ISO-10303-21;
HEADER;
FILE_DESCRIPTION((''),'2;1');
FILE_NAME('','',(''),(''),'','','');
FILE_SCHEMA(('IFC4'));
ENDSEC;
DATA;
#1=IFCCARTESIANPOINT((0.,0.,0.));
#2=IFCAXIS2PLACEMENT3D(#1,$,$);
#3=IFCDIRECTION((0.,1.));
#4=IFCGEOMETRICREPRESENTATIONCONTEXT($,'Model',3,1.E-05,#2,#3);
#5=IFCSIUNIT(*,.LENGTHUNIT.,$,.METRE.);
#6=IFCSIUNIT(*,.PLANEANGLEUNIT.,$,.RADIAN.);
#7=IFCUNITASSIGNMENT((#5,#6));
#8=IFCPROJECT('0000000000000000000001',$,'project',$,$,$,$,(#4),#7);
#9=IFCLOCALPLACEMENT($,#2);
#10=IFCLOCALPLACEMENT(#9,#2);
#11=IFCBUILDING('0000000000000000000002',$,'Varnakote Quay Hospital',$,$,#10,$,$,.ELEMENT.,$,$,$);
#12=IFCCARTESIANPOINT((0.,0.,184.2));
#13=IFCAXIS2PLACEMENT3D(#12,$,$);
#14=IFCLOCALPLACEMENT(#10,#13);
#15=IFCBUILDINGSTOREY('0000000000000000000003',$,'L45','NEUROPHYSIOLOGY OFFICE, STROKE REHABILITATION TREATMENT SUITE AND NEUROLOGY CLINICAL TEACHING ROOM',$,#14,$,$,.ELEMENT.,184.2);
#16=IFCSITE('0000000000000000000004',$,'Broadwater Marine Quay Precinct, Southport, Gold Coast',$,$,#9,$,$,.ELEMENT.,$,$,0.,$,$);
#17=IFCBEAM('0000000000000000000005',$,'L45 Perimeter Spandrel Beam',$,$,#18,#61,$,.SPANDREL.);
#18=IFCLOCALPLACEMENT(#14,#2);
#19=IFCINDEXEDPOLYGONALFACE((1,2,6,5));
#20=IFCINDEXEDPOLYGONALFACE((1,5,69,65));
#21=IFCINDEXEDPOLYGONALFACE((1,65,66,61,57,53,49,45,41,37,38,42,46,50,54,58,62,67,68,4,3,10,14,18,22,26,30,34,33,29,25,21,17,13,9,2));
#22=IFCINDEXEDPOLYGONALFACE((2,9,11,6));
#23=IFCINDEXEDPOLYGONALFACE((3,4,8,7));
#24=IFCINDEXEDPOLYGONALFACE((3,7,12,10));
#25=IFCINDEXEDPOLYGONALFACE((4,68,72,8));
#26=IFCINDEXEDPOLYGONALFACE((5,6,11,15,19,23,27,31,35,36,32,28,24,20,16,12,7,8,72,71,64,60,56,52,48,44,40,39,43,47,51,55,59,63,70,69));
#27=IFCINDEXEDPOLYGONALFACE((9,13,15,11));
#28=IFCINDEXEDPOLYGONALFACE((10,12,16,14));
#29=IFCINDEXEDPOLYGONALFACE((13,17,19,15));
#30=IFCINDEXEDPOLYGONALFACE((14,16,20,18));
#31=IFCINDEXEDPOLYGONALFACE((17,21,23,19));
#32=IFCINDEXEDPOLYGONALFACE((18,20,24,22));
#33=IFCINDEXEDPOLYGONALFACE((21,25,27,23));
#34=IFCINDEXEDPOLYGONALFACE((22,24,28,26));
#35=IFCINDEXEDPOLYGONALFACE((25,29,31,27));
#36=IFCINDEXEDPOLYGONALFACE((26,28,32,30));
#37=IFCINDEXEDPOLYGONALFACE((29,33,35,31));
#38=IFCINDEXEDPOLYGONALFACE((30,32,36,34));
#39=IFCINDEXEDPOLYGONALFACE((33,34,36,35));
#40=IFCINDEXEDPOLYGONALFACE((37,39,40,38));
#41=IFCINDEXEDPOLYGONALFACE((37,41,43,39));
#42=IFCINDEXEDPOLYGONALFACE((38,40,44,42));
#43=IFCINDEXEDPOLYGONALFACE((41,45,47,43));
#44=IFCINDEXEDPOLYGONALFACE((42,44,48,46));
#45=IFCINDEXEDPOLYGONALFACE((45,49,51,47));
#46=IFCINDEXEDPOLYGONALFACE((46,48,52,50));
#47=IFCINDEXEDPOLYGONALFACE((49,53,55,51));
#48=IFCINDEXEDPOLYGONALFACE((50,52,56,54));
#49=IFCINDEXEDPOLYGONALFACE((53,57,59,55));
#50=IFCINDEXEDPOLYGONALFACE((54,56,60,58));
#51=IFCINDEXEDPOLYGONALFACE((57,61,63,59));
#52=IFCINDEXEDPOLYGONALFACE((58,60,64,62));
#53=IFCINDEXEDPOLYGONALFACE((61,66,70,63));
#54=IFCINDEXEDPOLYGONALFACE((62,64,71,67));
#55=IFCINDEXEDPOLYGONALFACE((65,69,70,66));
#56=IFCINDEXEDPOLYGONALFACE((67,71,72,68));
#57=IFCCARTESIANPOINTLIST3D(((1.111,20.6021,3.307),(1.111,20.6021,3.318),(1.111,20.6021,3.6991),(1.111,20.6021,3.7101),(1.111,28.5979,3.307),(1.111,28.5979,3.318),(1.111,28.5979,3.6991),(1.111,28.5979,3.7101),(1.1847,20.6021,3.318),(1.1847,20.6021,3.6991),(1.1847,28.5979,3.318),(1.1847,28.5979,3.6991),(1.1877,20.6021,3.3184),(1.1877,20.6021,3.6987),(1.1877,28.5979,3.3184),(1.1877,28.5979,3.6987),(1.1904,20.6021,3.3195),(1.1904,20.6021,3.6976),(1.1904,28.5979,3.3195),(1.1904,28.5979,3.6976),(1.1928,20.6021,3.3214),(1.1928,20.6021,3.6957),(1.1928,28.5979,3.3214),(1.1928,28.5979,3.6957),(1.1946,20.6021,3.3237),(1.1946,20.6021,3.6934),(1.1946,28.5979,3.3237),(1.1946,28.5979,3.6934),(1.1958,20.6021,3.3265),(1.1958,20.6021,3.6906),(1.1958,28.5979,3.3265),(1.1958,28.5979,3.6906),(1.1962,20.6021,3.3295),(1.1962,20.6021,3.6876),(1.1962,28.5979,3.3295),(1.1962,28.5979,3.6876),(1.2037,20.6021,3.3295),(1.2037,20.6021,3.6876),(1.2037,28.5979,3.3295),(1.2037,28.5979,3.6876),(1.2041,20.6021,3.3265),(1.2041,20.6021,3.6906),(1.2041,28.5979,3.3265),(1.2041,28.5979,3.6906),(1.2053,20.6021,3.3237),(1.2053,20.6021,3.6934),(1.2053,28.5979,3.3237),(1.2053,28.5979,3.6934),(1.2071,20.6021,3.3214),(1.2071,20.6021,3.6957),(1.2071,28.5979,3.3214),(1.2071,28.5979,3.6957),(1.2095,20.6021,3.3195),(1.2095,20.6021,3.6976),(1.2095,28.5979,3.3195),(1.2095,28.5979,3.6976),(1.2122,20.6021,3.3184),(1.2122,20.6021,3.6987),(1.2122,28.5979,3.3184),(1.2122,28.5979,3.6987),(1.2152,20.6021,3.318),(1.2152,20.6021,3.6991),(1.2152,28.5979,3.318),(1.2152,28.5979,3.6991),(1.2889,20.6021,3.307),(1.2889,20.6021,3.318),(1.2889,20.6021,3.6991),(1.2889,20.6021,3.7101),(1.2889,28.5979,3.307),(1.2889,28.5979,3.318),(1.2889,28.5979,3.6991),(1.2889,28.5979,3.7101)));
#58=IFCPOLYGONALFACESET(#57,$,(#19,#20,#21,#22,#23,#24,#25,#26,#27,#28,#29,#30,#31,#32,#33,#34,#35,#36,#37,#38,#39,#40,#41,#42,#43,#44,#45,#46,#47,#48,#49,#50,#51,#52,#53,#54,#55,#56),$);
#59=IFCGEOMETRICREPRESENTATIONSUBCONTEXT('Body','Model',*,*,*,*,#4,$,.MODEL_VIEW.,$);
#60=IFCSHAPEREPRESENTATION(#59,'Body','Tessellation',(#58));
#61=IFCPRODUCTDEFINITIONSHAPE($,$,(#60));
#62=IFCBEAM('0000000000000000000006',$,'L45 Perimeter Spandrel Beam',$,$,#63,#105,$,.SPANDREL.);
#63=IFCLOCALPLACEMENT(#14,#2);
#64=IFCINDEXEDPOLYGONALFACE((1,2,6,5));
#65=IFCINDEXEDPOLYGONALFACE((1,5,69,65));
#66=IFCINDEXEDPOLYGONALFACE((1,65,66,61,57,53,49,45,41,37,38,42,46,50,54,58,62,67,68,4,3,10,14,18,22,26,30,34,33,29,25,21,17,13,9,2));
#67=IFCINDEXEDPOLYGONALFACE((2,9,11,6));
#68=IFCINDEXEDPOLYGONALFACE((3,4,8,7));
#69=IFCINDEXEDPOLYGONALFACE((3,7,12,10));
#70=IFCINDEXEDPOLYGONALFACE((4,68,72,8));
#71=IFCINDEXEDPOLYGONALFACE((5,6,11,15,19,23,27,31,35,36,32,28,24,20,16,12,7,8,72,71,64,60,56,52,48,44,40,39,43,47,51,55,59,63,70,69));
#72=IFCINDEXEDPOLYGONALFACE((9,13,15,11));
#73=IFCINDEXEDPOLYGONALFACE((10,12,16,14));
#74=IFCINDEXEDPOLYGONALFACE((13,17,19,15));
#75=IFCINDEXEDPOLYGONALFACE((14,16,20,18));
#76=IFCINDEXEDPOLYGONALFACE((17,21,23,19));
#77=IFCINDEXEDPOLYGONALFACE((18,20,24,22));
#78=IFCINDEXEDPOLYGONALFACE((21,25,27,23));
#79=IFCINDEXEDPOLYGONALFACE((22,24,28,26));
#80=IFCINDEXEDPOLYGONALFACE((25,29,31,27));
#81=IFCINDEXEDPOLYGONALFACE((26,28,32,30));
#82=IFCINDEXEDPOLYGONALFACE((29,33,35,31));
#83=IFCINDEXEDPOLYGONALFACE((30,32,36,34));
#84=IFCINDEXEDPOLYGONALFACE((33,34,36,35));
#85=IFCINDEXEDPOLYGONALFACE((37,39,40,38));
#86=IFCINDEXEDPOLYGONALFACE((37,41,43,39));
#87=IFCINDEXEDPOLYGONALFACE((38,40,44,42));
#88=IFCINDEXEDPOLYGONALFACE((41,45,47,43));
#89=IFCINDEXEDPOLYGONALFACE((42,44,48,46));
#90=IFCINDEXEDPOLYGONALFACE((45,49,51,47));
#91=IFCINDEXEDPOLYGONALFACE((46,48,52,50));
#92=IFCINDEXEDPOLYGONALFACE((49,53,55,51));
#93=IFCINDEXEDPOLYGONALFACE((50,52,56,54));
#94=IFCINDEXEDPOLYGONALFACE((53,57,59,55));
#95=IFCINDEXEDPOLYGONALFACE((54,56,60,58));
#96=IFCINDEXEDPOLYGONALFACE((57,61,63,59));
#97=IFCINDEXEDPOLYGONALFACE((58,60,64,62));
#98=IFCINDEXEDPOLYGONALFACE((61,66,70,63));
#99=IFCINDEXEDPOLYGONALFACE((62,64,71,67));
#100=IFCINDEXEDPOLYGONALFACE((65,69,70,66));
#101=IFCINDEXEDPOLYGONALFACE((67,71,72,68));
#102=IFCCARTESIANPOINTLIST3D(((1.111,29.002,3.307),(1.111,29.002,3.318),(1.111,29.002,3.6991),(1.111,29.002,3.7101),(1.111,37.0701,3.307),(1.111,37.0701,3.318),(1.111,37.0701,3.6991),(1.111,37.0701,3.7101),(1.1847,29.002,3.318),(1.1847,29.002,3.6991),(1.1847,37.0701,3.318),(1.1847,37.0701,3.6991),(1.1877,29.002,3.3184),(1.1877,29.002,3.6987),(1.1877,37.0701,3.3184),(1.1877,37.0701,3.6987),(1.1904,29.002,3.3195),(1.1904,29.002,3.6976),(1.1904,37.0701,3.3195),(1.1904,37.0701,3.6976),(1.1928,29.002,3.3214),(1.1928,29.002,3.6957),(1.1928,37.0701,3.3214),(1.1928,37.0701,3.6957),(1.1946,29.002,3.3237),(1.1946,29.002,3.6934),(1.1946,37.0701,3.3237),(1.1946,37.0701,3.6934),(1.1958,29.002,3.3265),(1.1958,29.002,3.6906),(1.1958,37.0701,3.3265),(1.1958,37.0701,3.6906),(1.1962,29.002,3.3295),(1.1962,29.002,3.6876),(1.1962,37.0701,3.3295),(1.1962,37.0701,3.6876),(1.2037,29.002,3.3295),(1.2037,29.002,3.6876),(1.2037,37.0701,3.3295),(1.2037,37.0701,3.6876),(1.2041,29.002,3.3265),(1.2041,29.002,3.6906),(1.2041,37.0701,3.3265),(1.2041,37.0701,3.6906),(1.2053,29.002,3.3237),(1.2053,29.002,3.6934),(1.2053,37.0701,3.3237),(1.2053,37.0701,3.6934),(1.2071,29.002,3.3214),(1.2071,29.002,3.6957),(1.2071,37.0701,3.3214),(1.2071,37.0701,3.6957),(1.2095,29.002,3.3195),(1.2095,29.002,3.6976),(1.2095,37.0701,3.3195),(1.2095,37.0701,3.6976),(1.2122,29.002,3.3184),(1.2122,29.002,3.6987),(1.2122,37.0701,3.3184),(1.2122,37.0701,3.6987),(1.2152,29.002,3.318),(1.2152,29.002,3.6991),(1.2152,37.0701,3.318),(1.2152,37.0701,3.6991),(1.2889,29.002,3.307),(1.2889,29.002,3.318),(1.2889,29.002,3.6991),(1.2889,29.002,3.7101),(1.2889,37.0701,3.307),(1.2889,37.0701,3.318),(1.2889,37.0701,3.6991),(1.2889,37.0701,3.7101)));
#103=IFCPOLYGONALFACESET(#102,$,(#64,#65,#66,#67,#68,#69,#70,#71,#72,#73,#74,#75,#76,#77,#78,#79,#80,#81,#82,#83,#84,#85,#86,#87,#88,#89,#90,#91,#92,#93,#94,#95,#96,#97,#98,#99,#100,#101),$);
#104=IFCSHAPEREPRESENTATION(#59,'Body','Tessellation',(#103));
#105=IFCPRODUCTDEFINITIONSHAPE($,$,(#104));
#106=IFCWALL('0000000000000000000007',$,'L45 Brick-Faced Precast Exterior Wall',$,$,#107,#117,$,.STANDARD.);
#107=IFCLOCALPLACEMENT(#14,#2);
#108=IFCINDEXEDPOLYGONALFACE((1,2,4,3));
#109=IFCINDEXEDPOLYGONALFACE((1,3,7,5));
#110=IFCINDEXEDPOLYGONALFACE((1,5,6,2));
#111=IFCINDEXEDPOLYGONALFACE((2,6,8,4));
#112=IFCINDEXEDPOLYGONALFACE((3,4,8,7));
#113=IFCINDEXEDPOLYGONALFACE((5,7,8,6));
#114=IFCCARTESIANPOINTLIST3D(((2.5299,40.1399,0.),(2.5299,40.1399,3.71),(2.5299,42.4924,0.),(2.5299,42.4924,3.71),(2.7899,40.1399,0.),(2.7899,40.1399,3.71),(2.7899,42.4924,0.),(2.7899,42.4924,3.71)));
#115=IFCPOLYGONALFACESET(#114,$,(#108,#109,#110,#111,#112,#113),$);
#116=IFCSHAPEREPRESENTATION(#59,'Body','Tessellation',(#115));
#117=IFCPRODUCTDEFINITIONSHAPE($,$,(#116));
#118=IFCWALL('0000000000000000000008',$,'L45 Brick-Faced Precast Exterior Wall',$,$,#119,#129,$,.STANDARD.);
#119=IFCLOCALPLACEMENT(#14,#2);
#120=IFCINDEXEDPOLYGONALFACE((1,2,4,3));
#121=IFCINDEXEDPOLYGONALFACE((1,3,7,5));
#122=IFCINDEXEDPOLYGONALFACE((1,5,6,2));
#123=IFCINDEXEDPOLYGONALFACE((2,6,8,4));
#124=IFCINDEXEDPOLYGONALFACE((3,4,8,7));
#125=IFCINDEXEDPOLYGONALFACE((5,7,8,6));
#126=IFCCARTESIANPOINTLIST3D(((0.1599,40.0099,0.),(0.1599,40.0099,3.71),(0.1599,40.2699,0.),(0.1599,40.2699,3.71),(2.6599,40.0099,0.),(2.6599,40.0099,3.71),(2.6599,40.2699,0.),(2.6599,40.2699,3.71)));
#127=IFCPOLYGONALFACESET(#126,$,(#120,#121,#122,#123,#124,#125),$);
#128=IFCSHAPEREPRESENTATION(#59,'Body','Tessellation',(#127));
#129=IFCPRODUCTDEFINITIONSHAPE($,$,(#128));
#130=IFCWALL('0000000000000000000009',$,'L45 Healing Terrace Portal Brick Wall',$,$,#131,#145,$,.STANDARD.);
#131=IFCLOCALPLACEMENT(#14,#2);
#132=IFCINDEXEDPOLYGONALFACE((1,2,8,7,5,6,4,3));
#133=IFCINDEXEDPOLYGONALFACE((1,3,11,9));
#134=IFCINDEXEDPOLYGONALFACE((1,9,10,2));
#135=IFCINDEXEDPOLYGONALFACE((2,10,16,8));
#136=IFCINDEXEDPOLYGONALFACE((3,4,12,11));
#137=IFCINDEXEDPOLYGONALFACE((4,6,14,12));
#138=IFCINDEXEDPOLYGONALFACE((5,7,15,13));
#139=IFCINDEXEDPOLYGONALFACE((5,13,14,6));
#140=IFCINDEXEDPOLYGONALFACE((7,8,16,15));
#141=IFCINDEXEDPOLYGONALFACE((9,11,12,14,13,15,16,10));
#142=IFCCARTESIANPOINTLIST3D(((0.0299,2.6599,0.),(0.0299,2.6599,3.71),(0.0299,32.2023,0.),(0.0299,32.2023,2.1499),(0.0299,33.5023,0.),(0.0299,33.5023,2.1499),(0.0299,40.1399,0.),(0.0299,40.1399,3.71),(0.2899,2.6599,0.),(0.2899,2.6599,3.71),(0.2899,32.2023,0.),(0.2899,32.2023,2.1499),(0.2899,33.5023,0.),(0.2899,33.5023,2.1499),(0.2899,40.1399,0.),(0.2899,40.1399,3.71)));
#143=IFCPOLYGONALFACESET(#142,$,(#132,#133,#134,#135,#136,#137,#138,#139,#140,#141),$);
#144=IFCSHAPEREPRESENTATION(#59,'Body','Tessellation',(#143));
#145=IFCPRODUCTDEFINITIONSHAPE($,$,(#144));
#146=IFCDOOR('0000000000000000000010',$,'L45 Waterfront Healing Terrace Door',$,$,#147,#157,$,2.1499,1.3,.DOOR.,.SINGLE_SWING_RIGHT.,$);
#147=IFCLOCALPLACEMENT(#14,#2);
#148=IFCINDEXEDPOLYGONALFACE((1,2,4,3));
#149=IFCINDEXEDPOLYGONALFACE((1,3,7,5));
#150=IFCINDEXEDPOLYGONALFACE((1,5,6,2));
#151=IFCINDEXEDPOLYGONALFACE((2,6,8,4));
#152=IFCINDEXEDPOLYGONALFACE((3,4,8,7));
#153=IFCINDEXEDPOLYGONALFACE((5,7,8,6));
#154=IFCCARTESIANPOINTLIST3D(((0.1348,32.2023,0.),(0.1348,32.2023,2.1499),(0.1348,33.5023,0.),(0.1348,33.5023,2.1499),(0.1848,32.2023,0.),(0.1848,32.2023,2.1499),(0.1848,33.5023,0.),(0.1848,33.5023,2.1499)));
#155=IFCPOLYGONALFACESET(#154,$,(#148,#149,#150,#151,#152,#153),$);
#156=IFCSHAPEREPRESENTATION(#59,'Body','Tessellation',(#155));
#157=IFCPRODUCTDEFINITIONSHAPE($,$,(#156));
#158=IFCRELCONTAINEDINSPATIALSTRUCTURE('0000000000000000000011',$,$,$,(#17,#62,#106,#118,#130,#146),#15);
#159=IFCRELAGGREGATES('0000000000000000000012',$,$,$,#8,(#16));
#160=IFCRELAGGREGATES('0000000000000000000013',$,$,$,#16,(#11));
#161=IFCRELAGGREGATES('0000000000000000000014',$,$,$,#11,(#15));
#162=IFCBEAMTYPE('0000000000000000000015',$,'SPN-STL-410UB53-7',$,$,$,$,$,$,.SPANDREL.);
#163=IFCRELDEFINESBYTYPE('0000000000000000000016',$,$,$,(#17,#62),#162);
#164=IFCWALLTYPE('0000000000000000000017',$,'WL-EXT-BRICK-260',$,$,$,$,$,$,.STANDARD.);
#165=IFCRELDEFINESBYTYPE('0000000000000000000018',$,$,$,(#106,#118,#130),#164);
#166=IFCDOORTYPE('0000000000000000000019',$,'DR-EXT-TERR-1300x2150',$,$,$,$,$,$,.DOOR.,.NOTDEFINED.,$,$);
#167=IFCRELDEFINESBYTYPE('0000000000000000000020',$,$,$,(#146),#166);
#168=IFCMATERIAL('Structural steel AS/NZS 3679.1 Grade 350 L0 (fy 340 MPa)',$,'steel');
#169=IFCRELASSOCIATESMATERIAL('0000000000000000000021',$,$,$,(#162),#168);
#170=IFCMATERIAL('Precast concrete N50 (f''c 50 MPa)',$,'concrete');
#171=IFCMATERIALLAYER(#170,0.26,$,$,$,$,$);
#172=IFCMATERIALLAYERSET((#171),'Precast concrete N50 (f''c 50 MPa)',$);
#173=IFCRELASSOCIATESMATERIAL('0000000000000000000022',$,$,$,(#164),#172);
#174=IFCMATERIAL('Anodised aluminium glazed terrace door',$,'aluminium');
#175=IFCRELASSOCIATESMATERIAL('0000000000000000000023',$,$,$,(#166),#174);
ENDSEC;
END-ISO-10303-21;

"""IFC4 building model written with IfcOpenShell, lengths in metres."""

from ifc_helpers import new_model, si_unit, direction, frame, frame_2d, origin, origin_2d, place, context, subcontext, project, spatial, rectangle, i_section, extrude, material, layer, layer_set, material_profile, profile_set, type_object, element, fill, save


model = new_model("IFC4")

# Units and contexts
model_context = context("Model", 3, precision=1e-05, world=origin(), true_north=direction((0.0, 1.0)))
body_context = subcontext(model_context, "Body", "Model", "MODEL_VIEW")
ifc_project = project(units=[si_unit("LENGTHUNIT", "METRE"), si_unit("PLANEANGLEUNIT", "RADIAN")], contexts=[model_context])

# Site, building, storey
site_placement = place(None, origin())
site = spatial("IfcSite", under=ifc_project, at=site_placement, Name="Broadwater Marine Quay Precinct, Southport, Gold Coast", CompositionType="ELEMENT", RefElevation=0.0)
building_placement = place(site_placement, origin())
building = spatial("IfcBuilding", under=site, at=building_placement, Name="Varnakote Quay Hospital", CompositionType="ELEMENT")
storey_placement = place(building_placement, frame((0.0, 0.0, 184.2)))
storey = spatial("IfcBuildingStorey", under=building, at=storey_placement, Name="L45", Description="NEUROPHYSIOLOGY OFFICE, STROKE REHABILITATION TREATMENT SUITE AND NEUROLOGY CLINICAL TEACHING ROOM", CompositionType="ELEMENT", Elevation=184.2)

# Beams
ifc_material_1 = material(Name="Structural steel AS/NZS 3679.1 Grade 350 L0 (fy 340 MPa)", Category="steel")
ifc_material_profile_1 = material_profile(ifc_material_1, i_section(OverallWidth=0.178, OverallDepth=0.4031, WebThickness=0.0076, FlangeThickness=0.011, FilletRadius=0.0115, at=origin_2d()), Name="410UB53.7")
ifc_profile_set_1 = profile_set([ifc_material_profile_1], Name="Structural steel AS/NZS 3679.1 Grade 350 L0 (fy 340 MPa)")
beam_type_1 = type_object("IfcBeamType", Name="SPN-STL-410UB53-7", PredefinedType="SPANDREL", material=ifc_profile_set_1)
beam_1_placement = place(storey_placement, frame((1.2, 20.6021, 3.5085), z_axis=(0.0, 1.0, 0.0), x_axis=(-1.0, 0.0, 0.0)))
element("IfcBeam", 1, at=beam_1_placement, inside=storey, type_object=beam_type_1, Name="L45 Perimeter Spandrel Beam", PredefinedType="SPANDREL", context=body_context, shape_type="SweptSolid", body=[
    extrude(i_section(OverallWidth=0.178, OverallDepth=0.4031, WebThickness=0.0076, FlangeThickness=0.011, FilletRadius=0.0115, at=origin_2d()), origin(), (0.0, 0.0, 1.0), 7.9958),
])
beam_2_placement = place(storey_placement, frame((1.2, 29.002, 3.5085), z_axis=(0.0, 1.0, 0.0), x_axis=(-1.0, 0.0, 0.0)))
element("IfcBeam", 2, at=beam_2_placement, inside=storey, type_object=beam_type_1, Name="L45 Perimeter Spandrel Beam", PredefinedType="SPANDREL", context=body_context, shape_type="SweptSolid", body=[
    extrude(i_section(OverallWidth=0.178, OverallDepth=0.4031, WebThickness=0.0076, FlangeThickness=0.011, FilletRadius=0.0115, at=origin_2d()), origin(), (0.0, 0.0, 1.0), 8.0681),
])

# Walls
ifc_material_2 = material(Name="Precast concrete N50 (f'c 50 MPa)", Category="concrete")
ifc_layer = layer(ifc_material_2, 0.26)
ifc_layer_set = layer_set([ifc_layer], Name="Precast concrete N50 (f'c 50 MPa)")
wall_type = type_object("IfcWallType", Name="WL-EXT-BRICK-260", PredefinedType="STANDARD", material=ifc_layer_set)
wall_1_placement = place(storey_placement, frame((2.6599, 42.4924, 0.0), z_axis=(0.0, 0.0, 1.0), x_axis=(0.0, -1.0, 0.0)))
element("IfcWall", 3, at=wall_1_placement, inside=storey, type_object=wall_type, Name="L45 Brick-Faced Precast Exterior Wall", PredefinedType="STANDARD", context=body_context, shape_type="SweptSolid", body=[
    extrude(rectangle(XDim=2.3525, YDim=0.26, at=frame_2d((1.1763, 0.0))), origin(), (0.0, 0.0, 1.0), 3.71),
])
wall_2_placement = place(storey_placement, frame((2.6599, 40.1399, 0.0), z_axis=(0.0, 0.0, 1.0), x_axis=(-1.0, 0.0, 0.0)))
element("IfcWall", 4, at=wall_2_placement, inside=storey, type_object=wall_type, Name="L45 Brick-Faced Precast Exterior Wall", PredefinedType="STANDARD", context=body_context, shape_type="SweptSolid", body=[
    extrude(rectangle(XDim=2.5, YDim=0.26, at=frame_2d((1.25, 0.0))), origin(), (0.0, 0.0, 1.0), 3.71),
])

# Wall, opening, door
wall_3_placement = place(storey_placement, frame((0.1599, 40.1399, 0.0), z_axis=(0.0, 0.0, 1.0), x_axis=(0.0, -1.0, 0.0)))
wall_3 = element("IfcWall", 5, at=wall_3_placement, inside=storey, type_object=wall_type, Name="L45 Healing Terrace Portal Brick Wall", PredefinedType="STANDARD", context=body_context, shape_type="SweptSolid", body=[
    extrude(rectangle(XDim=37.48, YDim=0.26, at=frame_2d((18.74, 0.0))), origin(), (0.0, 0.0, 1.0), 3.71),
])
opening_placement = place(wall_3_placement, frame((6.6377, 0.0, 0.0)))
opening = element("IfcOpeningElement", 6, at=opening_placement, cuts=wall_3, PredefinedType="OPENING", context=body_context, shape_type="SweptSolid", body=[
    extrude(rectangle(XDim=1.3, YDim=2.1499, at=frame_2d((0.6499, 1.075))), frame((0.0, 0.1399, 0.0), z_axis=(0.0, -1.0, 0.0), x_axis=(1.0, 0.0, 0.0)), (0.0, 0.0, 1.0), 0.28),
])
ifc_material_3 = material(Name="Anodised aluminium glazed terrace door", Category="aluminium")
door_type = type_object("IfcDoorType", Name="DR-EXT-TERR-1300x2150", OperationType="NOTDEFINED", PredefinedType="DOOR", material=ifc_material_3)
door_placement = place(opening_placement, origin())
door = element("IfcDoor", 7, at=door_placement, inside=storey, type_object=door_type, Name="L45 Waterfront Healing Terrace Door", OperationType="SINGLE_SWING_RIGHT", OverallHeight=2.1499, OverallWidth=1.3, PredefinedType="DOOR", context=body_context, shape_type="SweptSolid", body=[
    extrude(rectangle(XDim=1.3, YDim=2.1499, at=frame_2d((0.6499, 1.075))), frame((0.0, 0.0249, 0.0), z_axis=(0.0, -1.0, 0.0), x_axis=(1.0, 0.0, 0.0)), (0.0, 0.0, 1.0), 0.05),
])
fill(opening, door)

save(model, "model.ifc")
